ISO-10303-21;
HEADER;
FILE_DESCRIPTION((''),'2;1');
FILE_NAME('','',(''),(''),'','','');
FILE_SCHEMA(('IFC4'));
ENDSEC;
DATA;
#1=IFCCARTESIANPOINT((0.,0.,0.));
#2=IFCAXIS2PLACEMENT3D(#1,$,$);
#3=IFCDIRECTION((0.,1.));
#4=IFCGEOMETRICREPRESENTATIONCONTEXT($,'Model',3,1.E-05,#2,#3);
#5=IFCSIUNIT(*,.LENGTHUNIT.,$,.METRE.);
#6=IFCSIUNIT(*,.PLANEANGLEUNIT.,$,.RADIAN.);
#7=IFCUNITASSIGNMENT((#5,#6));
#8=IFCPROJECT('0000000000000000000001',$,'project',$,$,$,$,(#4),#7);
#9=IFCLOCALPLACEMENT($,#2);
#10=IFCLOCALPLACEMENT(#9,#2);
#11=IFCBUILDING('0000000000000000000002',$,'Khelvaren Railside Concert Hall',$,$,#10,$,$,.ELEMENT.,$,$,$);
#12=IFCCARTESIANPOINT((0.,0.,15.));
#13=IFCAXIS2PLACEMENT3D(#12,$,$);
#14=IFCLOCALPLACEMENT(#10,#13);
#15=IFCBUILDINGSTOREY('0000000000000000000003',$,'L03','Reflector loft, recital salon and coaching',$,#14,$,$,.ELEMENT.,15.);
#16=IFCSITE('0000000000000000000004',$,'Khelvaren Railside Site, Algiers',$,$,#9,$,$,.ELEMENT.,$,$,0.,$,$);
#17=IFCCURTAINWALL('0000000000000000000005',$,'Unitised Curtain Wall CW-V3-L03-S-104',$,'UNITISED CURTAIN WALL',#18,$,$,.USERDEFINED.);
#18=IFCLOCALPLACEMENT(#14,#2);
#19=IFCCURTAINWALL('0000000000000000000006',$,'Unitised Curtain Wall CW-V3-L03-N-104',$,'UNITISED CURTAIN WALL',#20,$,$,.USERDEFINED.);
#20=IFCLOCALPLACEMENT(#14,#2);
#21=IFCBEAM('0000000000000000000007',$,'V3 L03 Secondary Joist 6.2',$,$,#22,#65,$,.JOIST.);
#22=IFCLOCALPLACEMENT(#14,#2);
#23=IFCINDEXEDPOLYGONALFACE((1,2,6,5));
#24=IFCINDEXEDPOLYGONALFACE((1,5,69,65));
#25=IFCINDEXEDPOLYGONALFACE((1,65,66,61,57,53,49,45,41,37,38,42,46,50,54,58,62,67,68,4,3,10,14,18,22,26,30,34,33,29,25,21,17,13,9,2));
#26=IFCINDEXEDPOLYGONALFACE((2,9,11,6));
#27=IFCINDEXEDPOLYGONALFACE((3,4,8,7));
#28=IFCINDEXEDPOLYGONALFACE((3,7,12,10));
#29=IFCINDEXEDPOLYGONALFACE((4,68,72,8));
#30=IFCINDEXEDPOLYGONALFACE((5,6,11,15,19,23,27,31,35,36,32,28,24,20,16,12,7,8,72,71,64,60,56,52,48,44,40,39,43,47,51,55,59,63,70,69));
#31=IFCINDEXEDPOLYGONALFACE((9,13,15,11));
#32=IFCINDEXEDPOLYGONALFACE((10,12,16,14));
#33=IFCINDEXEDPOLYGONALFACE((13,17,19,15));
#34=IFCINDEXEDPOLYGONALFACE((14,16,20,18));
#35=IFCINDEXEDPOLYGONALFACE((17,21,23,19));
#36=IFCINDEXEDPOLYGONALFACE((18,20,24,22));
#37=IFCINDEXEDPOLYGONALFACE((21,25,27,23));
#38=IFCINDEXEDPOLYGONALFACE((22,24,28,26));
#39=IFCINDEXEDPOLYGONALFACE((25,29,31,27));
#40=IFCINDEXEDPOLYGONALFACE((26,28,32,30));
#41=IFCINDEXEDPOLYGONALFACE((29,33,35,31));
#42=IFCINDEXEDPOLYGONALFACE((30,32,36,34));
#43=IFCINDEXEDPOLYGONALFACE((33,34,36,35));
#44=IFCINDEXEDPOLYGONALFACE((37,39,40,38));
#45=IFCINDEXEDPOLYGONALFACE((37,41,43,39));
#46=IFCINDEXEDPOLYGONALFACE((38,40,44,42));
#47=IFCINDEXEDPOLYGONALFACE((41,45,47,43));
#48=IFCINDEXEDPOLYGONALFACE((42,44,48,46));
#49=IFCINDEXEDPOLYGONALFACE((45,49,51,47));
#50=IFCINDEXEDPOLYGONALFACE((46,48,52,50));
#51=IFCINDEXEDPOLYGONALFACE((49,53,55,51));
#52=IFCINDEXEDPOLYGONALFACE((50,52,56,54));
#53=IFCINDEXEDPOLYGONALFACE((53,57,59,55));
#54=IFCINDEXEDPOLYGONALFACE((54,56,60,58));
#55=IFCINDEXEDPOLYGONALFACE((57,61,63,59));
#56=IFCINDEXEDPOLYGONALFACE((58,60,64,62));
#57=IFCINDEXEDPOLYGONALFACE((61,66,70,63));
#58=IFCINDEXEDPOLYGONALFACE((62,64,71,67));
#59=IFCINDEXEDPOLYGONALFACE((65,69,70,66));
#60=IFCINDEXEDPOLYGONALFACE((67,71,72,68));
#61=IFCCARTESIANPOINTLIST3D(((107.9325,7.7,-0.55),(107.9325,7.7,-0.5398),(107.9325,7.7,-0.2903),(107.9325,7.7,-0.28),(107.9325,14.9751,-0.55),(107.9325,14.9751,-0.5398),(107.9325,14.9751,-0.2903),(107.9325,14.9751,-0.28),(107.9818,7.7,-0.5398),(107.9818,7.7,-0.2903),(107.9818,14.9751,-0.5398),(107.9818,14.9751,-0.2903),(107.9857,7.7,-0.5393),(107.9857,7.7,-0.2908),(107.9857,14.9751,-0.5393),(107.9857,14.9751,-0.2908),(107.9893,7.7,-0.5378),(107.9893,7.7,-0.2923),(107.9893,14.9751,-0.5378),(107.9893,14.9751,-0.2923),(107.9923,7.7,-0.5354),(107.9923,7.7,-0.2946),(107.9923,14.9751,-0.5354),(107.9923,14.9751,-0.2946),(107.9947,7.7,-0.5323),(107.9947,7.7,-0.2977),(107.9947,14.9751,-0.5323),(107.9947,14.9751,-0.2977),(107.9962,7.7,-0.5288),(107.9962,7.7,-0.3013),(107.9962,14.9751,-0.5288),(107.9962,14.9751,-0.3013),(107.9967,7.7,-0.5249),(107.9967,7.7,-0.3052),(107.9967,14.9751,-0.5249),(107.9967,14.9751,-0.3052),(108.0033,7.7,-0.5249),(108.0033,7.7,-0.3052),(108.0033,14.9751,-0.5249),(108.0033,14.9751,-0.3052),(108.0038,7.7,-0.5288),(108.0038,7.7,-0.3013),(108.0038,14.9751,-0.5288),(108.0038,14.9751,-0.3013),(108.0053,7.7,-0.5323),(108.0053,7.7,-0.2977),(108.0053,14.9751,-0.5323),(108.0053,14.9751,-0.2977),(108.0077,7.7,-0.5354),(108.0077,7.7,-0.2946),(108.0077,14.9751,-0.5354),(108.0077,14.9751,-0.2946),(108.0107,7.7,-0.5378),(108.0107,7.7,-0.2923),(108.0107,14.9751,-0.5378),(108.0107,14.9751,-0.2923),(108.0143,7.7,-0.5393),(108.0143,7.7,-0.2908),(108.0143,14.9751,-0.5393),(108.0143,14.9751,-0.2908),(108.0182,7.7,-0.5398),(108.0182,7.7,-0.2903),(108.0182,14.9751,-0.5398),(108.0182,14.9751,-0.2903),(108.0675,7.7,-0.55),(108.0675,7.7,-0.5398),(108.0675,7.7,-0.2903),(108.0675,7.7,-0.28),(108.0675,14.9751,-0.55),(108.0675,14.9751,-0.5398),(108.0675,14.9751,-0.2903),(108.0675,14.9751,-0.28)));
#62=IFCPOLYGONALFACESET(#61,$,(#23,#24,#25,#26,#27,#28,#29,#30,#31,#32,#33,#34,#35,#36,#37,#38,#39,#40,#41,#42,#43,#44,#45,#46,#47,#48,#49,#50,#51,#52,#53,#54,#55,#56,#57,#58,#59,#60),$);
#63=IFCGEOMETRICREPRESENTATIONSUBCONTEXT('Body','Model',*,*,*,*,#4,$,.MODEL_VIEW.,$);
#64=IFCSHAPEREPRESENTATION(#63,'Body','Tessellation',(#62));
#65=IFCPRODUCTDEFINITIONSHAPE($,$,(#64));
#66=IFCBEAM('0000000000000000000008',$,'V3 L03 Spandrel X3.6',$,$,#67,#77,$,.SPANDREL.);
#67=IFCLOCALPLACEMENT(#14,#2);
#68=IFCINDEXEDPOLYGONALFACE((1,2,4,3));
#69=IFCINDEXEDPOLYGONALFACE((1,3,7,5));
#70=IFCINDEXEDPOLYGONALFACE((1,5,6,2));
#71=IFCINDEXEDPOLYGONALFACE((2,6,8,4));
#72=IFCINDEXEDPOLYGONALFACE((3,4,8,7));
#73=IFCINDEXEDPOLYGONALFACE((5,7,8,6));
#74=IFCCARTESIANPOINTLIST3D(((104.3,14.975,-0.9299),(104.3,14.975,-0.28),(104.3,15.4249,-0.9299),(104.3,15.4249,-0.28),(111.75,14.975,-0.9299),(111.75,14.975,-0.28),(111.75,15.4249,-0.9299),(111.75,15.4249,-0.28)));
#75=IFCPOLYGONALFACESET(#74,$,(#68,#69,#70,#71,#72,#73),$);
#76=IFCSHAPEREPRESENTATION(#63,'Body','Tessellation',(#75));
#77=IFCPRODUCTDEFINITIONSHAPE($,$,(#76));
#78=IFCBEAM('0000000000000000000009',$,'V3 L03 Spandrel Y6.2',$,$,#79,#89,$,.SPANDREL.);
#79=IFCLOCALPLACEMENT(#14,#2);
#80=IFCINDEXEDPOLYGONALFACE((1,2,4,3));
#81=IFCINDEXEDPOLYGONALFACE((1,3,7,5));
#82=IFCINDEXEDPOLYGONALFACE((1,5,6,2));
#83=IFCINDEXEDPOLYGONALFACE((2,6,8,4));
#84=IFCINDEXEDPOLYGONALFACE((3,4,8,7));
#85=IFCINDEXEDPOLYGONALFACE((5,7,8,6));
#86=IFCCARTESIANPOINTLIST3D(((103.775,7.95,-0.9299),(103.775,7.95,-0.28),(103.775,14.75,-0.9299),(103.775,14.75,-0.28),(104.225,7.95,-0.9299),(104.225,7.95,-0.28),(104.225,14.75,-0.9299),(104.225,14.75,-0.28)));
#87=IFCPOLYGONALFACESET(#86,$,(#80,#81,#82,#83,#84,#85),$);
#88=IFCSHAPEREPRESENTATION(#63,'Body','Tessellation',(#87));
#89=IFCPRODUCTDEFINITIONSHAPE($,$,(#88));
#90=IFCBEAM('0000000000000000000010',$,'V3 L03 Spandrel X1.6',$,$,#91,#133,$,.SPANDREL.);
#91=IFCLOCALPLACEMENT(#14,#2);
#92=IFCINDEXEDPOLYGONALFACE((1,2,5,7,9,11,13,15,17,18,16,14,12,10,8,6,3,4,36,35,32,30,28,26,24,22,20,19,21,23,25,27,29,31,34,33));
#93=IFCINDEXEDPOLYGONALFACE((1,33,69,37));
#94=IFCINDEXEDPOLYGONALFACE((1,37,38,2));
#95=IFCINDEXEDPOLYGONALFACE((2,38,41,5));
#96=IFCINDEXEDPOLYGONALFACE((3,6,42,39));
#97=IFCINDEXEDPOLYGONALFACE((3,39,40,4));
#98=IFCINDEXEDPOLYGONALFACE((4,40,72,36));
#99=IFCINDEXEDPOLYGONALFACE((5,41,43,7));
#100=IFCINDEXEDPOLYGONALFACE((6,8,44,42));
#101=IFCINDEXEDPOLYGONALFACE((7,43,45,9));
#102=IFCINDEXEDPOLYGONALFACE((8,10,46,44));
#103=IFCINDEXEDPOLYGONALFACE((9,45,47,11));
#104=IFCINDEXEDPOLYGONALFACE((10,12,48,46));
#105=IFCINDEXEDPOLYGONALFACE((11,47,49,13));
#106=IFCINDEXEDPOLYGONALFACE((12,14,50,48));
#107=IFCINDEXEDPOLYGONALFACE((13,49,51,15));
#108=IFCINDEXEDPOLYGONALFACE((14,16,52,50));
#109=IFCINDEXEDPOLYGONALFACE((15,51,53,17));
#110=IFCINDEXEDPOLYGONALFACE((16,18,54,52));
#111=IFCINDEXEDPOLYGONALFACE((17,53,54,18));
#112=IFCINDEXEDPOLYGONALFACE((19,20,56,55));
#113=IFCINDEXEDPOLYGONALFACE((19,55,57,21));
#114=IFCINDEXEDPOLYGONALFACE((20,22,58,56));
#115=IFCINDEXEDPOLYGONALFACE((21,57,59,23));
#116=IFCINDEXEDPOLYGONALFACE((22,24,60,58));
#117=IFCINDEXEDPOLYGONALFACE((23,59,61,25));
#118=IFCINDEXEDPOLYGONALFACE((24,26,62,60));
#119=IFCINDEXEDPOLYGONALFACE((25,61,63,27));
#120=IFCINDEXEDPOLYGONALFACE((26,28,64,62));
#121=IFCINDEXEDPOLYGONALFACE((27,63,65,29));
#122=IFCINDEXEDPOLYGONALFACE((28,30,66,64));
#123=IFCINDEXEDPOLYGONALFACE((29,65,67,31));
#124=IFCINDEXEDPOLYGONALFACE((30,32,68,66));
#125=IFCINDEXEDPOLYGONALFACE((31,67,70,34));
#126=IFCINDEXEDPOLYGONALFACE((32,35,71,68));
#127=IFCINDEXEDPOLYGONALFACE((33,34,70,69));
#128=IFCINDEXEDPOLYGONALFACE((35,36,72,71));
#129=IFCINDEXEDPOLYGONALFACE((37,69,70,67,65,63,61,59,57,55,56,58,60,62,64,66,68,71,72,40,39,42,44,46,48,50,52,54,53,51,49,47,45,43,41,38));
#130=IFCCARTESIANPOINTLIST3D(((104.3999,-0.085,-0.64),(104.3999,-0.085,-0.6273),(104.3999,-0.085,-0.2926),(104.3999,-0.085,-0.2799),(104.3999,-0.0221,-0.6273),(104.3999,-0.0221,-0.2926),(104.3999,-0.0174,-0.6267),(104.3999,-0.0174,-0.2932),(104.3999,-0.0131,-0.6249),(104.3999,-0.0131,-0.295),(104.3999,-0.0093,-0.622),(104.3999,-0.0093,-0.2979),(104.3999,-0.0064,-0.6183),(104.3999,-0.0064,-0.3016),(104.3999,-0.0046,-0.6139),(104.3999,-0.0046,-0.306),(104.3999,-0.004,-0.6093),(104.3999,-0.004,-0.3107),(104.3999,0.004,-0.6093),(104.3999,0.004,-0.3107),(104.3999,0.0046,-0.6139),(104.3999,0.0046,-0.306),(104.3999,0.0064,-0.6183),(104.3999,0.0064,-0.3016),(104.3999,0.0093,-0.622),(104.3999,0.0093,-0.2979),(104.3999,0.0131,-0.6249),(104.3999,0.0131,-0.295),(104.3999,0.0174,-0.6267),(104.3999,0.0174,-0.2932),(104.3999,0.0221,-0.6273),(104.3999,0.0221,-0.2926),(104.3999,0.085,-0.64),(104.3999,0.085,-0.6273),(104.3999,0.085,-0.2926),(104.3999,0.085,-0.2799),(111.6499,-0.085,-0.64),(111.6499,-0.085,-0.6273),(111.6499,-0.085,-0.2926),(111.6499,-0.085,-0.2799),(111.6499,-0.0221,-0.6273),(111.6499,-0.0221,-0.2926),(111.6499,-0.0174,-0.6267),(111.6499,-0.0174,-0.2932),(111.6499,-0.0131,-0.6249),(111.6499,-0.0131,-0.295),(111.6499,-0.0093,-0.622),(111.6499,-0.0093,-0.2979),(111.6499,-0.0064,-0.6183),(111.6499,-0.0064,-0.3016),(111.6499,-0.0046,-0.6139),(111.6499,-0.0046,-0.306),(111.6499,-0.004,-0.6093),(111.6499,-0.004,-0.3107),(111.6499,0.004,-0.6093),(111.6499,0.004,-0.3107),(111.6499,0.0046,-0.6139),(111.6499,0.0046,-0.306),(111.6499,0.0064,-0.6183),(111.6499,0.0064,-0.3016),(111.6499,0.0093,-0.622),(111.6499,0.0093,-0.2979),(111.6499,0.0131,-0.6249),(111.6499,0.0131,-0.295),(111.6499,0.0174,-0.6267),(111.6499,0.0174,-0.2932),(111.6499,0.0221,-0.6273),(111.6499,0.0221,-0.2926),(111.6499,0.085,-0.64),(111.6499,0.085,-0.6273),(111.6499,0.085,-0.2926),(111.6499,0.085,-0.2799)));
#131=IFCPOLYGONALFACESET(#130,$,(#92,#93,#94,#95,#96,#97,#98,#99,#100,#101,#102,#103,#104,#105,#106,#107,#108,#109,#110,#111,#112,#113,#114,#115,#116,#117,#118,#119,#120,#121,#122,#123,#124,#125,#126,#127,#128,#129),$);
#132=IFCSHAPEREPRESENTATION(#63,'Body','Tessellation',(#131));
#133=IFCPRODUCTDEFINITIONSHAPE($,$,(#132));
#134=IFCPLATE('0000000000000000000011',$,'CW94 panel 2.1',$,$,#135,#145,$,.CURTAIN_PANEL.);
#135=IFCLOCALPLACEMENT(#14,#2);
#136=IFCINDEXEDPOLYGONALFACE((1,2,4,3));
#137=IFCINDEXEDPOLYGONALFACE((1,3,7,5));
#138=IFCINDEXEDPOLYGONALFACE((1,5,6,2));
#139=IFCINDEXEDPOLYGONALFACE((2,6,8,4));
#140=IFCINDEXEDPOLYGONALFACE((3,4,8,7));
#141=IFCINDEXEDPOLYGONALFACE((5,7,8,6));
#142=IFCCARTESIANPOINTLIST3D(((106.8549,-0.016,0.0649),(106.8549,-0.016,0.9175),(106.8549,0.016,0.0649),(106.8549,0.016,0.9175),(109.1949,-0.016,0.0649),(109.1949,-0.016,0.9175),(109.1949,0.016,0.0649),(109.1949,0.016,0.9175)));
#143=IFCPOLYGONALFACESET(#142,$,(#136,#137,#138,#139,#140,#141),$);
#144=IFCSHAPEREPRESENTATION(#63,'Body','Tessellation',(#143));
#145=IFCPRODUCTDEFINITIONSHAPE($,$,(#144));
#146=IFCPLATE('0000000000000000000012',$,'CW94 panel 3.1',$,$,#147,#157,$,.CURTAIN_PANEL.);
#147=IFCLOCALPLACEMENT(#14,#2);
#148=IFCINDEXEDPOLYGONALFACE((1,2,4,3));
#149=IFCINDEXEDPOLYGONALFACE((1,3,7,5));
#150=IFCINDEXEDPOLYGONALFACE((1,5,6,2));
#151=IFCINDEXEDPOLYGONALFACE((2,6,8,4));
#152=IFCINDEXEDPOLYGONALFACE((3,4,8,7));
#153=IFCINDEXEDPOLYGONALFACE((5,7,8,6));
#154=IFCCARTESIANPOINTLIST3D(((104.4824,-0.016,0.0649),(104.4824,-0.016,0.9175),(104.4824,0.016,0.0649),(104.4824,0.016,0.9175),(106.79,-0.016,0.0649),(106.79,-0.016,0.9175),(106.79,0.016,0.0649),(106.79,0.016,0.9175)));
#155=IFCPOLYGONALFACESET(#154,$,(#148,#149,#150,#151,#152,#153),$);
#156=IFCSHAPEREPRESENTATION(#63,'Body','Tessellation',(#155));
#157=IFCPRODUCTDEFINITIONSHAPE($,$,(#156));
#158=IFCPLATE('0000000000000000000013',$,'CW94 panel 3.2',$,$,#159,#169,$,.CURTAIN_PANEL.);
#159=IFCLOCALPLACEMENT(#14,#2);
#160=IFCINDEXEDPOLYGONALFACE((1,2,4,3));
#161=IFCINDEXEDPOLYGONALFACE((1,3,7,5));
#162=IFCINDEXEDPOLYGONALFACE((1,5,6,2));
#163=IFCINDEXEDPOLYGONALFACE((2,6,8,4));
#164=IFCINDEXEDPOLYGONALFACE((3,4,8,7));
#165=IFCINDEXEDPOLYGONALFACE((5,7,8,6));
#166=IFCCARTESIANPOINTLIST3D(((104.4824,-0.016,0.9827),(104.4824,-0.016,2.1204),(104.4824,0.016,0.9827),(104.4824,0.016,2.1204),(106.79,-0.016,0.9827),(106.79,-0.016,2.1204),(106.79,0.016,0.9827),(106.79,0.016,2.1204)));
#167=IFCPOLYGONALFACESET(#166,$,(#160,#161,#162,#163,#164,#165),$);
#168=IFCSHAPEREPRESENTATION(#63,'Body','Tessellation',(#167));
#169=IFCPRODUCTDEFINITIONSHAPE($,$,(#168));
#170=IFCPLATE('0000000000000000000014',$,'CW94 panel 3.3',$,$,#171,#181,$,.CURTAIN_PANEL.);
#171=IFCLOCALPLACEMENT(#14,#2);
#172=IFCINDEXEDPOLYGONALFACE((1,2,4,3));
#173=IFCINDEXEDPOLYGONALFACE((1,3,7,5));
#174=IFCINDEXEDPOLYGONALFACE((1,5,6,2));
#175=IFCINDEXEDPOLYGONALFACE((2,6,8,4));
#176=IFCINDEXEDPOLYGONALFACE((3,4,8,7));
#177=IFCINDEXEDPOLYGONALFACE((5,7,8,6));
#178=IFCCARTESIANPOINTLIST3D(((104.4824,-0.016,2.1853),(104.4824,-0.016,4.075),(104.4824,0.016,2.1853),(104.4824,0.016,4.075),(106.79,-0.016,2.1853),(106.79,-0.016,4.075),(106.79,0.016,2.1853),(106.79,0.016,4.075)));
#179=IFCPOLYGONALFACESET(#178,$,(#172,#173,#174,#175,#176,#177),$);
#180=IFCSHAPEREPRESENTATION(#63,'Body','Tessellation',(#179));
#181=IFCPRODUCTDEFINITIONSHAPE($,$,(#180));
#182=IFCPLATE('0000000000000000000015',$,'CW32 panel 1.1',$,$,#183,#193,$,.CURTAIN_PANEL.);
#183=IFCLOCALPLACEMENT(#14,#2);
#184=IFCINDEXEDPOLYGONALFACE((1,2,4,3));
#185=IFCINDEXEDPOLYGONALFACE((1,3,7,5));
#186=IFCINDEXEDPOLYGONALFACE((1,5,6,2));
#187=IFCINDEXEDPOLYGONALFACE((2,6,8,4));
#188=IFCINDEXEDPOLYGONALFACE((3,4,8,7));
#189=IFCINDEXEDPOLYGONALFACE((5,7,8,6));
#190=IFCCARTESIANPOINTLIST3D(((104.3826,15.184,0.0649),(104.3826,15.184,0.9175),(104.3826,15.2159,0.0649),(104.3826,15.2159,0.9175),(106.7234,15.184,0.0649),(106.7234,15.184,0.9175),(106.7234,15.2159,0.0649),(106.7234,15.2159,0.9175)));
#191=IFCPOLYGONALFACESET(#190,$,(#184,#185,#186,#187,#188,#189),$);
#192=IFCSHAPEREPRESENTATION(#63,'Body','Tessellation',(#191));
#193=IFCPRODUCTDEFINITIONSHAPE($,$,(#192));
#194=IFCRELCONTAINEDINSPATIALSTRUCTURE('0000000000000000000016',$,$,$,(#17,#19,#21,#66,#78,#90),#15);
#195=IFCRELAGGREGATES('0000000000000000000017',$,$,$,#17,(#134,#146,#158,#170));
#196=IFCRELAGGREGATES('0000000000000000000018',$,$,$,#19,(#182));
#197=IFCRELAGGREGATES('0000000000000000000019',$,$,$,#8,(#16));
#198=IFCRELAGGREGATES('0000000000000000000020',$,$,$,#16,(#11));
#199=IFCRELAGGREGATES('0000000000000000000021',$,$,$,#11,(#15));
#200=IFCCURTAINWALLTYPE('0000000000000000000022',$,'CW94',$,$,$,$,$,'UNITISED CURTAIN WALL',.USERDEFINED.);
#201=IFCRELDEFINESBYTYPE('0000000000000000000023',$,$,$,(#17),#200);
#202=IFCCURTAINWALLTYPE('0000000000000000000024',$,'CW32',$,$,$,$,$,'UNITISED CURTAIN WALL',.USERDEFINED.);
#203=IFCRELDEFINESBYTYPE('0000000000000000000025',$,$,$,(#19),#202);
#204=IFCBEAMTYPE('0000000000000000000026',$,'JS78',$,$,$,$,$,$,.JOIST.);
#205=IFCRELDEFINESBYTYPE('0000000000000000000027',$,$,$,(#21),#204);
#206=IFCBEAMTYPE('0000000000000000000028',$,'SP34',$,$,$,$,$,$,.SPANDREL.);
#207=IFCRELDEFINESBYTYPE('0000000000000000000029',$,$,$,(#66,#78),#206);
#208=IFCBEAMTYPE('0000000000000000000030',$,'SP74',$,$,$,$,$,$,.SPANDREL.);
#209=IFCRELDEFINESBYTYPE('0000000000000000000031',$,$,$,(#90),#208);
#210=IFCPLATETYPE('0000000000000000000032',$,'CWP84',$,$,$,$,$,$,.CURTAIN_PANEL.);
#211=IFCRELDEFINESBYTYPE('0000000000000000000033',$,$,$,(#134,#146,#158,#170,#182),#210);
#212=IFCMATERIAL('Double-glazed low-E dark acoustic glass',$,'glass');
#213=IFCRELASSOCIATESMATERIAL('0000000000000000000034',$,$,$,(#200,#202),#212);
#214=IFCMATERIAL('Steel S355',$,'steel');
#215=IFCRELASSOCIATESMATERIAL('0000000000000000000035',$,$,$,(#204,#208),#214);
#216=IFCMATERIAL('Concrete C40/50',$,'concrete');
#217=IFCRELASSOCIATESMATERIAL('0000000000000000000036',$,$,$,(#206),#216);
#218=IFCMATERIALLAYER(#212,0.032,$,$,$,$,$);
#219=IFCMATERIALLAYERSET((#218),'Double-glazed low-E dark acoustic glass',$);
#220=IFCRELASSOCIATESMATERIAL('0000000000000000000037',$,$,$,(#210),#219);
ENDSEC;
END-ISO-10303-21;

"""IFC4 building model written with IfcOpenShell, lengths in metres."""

from ifc_helpers import new_model, si_unit, direction, frame, origin, origin_2d, place, context, subcontext, project, spatial, rectangle, i_section, extrude, material, layer, layer_set, material_profile, profile_set, type_object, element, aggregate, save


model = new_model("IFC4")

# Units and contexts
model_context = context("Model", 3, precision=1e-05, world=origin(), true_north=direction((0.0, 1.0)))
body_context = subcontext(model_context, "Body", "Model", "MODEL_VIEW")
ifc_project = project(units=[si_unit("LENGTHUNIT", "METRE"), si_unit("PLANEANGLEUNIT", "RADIAN")], contexts=[model_context])

# Site, building, storey
site_placement = place(None, origin())
site = spatial("IfcSite", under=ifc_project, at=site_placement, Name="Khelvaren Railside Site, Algiers", CompositionType="ELEMENT", RefElevation=0.0)
building_placement = place(site_placement, origin())
building = spatial("IfcBuilding", under=site, at=building_placement, Name="Khelvaren Railside Concert Hall", CompositionType="ELEMENT")
storey_placement = place(building_placement, frame((0.0, 0.0, 15.0)))
storey = spatial("IfcBuildingStorey", under=building, at=storey_placement, Name="L03", Description="Reflector loft, recital salon and coaching", CompositionType="ELEMENT", Elevation=15.0)

# Shared definitions
ifc_material_1 = material(Name="Steel S355", Category="steel")

# Curtain walls
ifc_material_2 = material(Name="Double-glazed low-E dark acoustic glass", Category="glass")
curtain_wall_type_1 = type_object("IfcCurtainWallType", Name="CW94", ElementType="UNITISED CURTAIN WALL", PredefinedType="USERDEFINED", material=ifc_material_2)
curtain_wall_1_placement = place(storey_placement, origin())
curtain_wall_1 = element("IfcCurtainWall", 1, at=curtain_wall_1_placement, inside=storey, type_object=curtain_wall_type_1, Name="Unitised Curtain Wall CW-V3-L03-S-104", ObjectType="UNITISED CURTAIN WALL", PredefinedType="USERDEFINED")
curtain_wall_type_2 = type_object("IfcCurtainWallType", Name="CW32", ElementType="UNITISED CURTAIN WALL", PredefinedType="USERDEFINED", material=ifc_material_2)
curtain_wall_2_placement = place(storey_placement, origin())
curtain_wall_2 = element("IfcCurtainWall", 2, at=curtain_wall_2_placement, inside=storey, type_object=curtain_wall_type_2, Name="Unitised Curtain Wall CW-V3-L03-N-104", ObjectType="UNITISED CURTAIN WALL", PredefinedType="USERDEFINED")

# Beams
ifc_material_profile_1 = material_profile(ifc_material_1, i_section(OverallWidth=0.135, OverallDepth=0.27, WebThickness=0.0066, FlangeThickness=0.0103, FilletRadius=0.0149, at=origin_2d()), Name="IPE 270")
ifc_profile_set_1 = profile_set([ifc_material_profile_1], Name="Steel S355")
beam_type_1 = type_object("IfcBeamType", Name="JS78", PredefinedType="JOIST", material=ifc_profile_set_1)
beam_1_placement = place(storey_placement, frame((108.0, 7.7, -0.415), z_axis=(0.0, 1.0, 0.0), x_axis=(-1.0, 0.0, 0.0)))
element("IfcBeam", 3, at=beam_1_placement, inside=storey, type_object=beam_type_1, Name="V3 L03 Secondary Joist 6.2", PredefinedType="JOIST", context=body_context, shape_type="SweptSolid", body=[
    extrude(i_section(OverallWidth=0.135, OverallDepth=0.27, WebThickness=0.0066, FlangeThickness=0.0103, FilletRadius=0.0149, at=origin_2d()), origin(), (0.0, 0.0, 1.0), 7.2751),
])
ifc_material_3 = material(Name="Concrete C40/50", Category="concrete")
ifc_material_profile_2 = material_profile(ifc_material_3, rectangle(XDim=0.45, YDim=0.6499, at=origin_2d()), Name="RCB 450x650")
ifc_profile_set_2 = profile_set([ifc_material_profile_2], Name="Concrete C40/50")
beam_type_2 = type_object("IfcBeamType", Name="SP34", PredefinedType="SPANDREL", material=ifc_profile_set_2)
beam_2_placement = place(storey_placement, frame((104.3, 15.2, -0.605), z_axis=(1.0, 0.0, 0.0), x_axis=(0.0, 1.0, 0.0)))
element("IfcBeam", 4, at=beam_2_placement, inside=storey, type_object=beam_type_2, Name="V3 L03 Spandrel X3.6", PredefinedType="SPANDREL", context=body_context, shape_type="SweptSolid", body=[
    extrude(rectangle(XDim=0.45, YDim=0.6499, at=origin_2d()), origin(), (0.0, 0.0, 1.0), 7.45),
])
beam_3_placement = place(storey_placement, frame((104.0, 7.95, -0.605), z_axis=(0.0, 1.0, 0.0), x_axis=(-1.0, 0.0, 0.0)))
element("IfcBeam", 5, at=beam_3_placement, inside=storey, type_object=beam_type_2, Name="V3 L03 Spandrel Y6.2", PredefinedType="SPANDREL", context=body_context, shape_type="SweptSolid", body=[
    extrude(rectangle(XDim=0.45, YDim=0.6499, at=origin_2d()), origin(), (0.0, 0.0, 1.0), 6.8),
])
ifc_material_profile_3 = material_profile(ifc_material_1, i_section(OverallWidth=0.1699, OverallDepth=0.3601, WebThickness=0.0081, FlangeThickness=0.0127, FilletRadius=0.0181, at=origin_2d()), Name="IPE 360")
ifc_profile_set_3 = profile_set([ifc_material_profile_3], Name="Steel S355")
beam_type_3 = type_object("IfcBeamType", Name="SP74", PredefinedType="SPANDREL", material=ifc_profile_set_3)
beam_4_placement = place(storey_placement, frame((104.3999, 0.0, -0.46), z_axis=(1.0, 0.0, 0.0), x_axis=(0.0, 1.0, 0.0)))
element("IfcBeam", 6, at=beam_4_placement, inside=storey, type_object=beam_type_3, Name="V3 L03 Spandrel X1.6", PredefinedType="SPANDREL", context=body_context, shape_type="SweptSolid", body=[
    extrude(i_section(OverallWidth=0.1699, OverallDepth=0.3601, WebThickness=0.0081, FlangeThickness=0.0127, FilletRadius=0.0181, at=origin_2d()), origin(), (0.0, 0.0, 1.0), 7.25),
])

# Plates
ifc_layer_1 = layer(ifc_material_2, 0.032)
ifc_layer_set_1 = layer_set([ifc_layer_1], Name="Double-glazed low-E dark acoustic glass")
plate_type = type_object("IfcPlateType", Name="CWP84", PredefinedType="CURTAIN_PANEL", material=ifc_layer_set_1)
plate_1_placement = place(storey_placement, frame((108.0249, 0.0, 0.0649), z_axis=(0.0, 0.0, 1.0), x_axis=(-1.0, 0.0, 0.0)))
plate_1 = element("IfcPlate", 7, at=plate_1_placement, type_object=plate_type, Name="CW94 panel 2.1", PredefinedType="CURTAIN_PANEL", context=body_context, shape_type="SweptSolid", body=[
    extrude(rectangle(XDim=2.3401, YDim=0.032, at=origin_2d()), origin(), (0.0, 0.0, 1.0), 0.8525),
])
plate_2_placement = place(storey_placement, frame((105.6362, 0.0, 0.0649), z_axis=(0.0, 0.0, 1.0), x_axis=(-1.0, 0.0, 0.0)))
plate_2 = element("IfcPlate", 8, at=plate_2_placement, type_object=plate_type, Name="CW94 panel 3.1", PredefinedType="CURTAIN_PANEL", context=body_context, shape_type="SweptSolid", body=[
    extrude(rectangle(XDim=2.3076, YDim=0.032, at=origin_2d()), origin(), (0.0, 0.0, 1.0), 0.8525),
])
plate_3_placement = place(storey_placement, frame((105.6362, 0.0, 0.9827), z_axis=(0.0, 0.0, 1.0), x_axis=(-1.0, 0.0, 0.0)))
plate_3 = element("IfcPlate", 9, at=plate_3_placement, type_object=plate_type, Name="CW94 panel 3.2", PredefinedType="CURTAIN_PANEL", context=body_context, shape_type="SweptSolid", body=[
    extrude(rectangle(XDim=2.3076, YDim=0.032, at=origin_2d()), origin(), (0.0, 0.0, 1.0), 1.1377),
])
plate_4_placement = place(storey_placement, frame((105.6362, 0.0, 2.1853), z_axis=(0.0, 0.0, 1.0), x_axis=(-1.0, 0.0, 0.0)))
plate_4 = element("IfcPlate", 10, at=plate_4_placement, type_object=plate_type, Name="CW94 panel 3.3", PredefinedType="CURTAIN_PANEL", context=body_context, shape_type="SweptSolid", body=[
    extrude(rectangle(XDim=2.3076, YDim=0.032, at=origin_2d()), origin(), (0.0, 0.0, 1.0), 1.8896),
])
aggregate(curtain_wall_1, [plate_1, plate_2, plate_3, plate_4])
plate_5_placement = place(storey_placement, frame((105.553, 15.2, 0.0649), z_axis=(0.0, 0.0, 1.0), x_axis=(1.0, 0.0, 0.0)))
plate_5 = element("IfcPlate", 11, at=plate_5_placement, type_object=plate_type, Name="CW32 panel 1.1", PredefinedType="CURTAIN_PANEL", context=body_context, shape_type="SweptSolid", body=[
    extrude(rectangle(XDim=2.3408, YDim=0.032, at=origin_2d()), origin(), (0.0, 0.0, 1.0), 0.8525),
])
aggregate(curtain_wall_2, [plate_5])

save(model, "model.ifc")
